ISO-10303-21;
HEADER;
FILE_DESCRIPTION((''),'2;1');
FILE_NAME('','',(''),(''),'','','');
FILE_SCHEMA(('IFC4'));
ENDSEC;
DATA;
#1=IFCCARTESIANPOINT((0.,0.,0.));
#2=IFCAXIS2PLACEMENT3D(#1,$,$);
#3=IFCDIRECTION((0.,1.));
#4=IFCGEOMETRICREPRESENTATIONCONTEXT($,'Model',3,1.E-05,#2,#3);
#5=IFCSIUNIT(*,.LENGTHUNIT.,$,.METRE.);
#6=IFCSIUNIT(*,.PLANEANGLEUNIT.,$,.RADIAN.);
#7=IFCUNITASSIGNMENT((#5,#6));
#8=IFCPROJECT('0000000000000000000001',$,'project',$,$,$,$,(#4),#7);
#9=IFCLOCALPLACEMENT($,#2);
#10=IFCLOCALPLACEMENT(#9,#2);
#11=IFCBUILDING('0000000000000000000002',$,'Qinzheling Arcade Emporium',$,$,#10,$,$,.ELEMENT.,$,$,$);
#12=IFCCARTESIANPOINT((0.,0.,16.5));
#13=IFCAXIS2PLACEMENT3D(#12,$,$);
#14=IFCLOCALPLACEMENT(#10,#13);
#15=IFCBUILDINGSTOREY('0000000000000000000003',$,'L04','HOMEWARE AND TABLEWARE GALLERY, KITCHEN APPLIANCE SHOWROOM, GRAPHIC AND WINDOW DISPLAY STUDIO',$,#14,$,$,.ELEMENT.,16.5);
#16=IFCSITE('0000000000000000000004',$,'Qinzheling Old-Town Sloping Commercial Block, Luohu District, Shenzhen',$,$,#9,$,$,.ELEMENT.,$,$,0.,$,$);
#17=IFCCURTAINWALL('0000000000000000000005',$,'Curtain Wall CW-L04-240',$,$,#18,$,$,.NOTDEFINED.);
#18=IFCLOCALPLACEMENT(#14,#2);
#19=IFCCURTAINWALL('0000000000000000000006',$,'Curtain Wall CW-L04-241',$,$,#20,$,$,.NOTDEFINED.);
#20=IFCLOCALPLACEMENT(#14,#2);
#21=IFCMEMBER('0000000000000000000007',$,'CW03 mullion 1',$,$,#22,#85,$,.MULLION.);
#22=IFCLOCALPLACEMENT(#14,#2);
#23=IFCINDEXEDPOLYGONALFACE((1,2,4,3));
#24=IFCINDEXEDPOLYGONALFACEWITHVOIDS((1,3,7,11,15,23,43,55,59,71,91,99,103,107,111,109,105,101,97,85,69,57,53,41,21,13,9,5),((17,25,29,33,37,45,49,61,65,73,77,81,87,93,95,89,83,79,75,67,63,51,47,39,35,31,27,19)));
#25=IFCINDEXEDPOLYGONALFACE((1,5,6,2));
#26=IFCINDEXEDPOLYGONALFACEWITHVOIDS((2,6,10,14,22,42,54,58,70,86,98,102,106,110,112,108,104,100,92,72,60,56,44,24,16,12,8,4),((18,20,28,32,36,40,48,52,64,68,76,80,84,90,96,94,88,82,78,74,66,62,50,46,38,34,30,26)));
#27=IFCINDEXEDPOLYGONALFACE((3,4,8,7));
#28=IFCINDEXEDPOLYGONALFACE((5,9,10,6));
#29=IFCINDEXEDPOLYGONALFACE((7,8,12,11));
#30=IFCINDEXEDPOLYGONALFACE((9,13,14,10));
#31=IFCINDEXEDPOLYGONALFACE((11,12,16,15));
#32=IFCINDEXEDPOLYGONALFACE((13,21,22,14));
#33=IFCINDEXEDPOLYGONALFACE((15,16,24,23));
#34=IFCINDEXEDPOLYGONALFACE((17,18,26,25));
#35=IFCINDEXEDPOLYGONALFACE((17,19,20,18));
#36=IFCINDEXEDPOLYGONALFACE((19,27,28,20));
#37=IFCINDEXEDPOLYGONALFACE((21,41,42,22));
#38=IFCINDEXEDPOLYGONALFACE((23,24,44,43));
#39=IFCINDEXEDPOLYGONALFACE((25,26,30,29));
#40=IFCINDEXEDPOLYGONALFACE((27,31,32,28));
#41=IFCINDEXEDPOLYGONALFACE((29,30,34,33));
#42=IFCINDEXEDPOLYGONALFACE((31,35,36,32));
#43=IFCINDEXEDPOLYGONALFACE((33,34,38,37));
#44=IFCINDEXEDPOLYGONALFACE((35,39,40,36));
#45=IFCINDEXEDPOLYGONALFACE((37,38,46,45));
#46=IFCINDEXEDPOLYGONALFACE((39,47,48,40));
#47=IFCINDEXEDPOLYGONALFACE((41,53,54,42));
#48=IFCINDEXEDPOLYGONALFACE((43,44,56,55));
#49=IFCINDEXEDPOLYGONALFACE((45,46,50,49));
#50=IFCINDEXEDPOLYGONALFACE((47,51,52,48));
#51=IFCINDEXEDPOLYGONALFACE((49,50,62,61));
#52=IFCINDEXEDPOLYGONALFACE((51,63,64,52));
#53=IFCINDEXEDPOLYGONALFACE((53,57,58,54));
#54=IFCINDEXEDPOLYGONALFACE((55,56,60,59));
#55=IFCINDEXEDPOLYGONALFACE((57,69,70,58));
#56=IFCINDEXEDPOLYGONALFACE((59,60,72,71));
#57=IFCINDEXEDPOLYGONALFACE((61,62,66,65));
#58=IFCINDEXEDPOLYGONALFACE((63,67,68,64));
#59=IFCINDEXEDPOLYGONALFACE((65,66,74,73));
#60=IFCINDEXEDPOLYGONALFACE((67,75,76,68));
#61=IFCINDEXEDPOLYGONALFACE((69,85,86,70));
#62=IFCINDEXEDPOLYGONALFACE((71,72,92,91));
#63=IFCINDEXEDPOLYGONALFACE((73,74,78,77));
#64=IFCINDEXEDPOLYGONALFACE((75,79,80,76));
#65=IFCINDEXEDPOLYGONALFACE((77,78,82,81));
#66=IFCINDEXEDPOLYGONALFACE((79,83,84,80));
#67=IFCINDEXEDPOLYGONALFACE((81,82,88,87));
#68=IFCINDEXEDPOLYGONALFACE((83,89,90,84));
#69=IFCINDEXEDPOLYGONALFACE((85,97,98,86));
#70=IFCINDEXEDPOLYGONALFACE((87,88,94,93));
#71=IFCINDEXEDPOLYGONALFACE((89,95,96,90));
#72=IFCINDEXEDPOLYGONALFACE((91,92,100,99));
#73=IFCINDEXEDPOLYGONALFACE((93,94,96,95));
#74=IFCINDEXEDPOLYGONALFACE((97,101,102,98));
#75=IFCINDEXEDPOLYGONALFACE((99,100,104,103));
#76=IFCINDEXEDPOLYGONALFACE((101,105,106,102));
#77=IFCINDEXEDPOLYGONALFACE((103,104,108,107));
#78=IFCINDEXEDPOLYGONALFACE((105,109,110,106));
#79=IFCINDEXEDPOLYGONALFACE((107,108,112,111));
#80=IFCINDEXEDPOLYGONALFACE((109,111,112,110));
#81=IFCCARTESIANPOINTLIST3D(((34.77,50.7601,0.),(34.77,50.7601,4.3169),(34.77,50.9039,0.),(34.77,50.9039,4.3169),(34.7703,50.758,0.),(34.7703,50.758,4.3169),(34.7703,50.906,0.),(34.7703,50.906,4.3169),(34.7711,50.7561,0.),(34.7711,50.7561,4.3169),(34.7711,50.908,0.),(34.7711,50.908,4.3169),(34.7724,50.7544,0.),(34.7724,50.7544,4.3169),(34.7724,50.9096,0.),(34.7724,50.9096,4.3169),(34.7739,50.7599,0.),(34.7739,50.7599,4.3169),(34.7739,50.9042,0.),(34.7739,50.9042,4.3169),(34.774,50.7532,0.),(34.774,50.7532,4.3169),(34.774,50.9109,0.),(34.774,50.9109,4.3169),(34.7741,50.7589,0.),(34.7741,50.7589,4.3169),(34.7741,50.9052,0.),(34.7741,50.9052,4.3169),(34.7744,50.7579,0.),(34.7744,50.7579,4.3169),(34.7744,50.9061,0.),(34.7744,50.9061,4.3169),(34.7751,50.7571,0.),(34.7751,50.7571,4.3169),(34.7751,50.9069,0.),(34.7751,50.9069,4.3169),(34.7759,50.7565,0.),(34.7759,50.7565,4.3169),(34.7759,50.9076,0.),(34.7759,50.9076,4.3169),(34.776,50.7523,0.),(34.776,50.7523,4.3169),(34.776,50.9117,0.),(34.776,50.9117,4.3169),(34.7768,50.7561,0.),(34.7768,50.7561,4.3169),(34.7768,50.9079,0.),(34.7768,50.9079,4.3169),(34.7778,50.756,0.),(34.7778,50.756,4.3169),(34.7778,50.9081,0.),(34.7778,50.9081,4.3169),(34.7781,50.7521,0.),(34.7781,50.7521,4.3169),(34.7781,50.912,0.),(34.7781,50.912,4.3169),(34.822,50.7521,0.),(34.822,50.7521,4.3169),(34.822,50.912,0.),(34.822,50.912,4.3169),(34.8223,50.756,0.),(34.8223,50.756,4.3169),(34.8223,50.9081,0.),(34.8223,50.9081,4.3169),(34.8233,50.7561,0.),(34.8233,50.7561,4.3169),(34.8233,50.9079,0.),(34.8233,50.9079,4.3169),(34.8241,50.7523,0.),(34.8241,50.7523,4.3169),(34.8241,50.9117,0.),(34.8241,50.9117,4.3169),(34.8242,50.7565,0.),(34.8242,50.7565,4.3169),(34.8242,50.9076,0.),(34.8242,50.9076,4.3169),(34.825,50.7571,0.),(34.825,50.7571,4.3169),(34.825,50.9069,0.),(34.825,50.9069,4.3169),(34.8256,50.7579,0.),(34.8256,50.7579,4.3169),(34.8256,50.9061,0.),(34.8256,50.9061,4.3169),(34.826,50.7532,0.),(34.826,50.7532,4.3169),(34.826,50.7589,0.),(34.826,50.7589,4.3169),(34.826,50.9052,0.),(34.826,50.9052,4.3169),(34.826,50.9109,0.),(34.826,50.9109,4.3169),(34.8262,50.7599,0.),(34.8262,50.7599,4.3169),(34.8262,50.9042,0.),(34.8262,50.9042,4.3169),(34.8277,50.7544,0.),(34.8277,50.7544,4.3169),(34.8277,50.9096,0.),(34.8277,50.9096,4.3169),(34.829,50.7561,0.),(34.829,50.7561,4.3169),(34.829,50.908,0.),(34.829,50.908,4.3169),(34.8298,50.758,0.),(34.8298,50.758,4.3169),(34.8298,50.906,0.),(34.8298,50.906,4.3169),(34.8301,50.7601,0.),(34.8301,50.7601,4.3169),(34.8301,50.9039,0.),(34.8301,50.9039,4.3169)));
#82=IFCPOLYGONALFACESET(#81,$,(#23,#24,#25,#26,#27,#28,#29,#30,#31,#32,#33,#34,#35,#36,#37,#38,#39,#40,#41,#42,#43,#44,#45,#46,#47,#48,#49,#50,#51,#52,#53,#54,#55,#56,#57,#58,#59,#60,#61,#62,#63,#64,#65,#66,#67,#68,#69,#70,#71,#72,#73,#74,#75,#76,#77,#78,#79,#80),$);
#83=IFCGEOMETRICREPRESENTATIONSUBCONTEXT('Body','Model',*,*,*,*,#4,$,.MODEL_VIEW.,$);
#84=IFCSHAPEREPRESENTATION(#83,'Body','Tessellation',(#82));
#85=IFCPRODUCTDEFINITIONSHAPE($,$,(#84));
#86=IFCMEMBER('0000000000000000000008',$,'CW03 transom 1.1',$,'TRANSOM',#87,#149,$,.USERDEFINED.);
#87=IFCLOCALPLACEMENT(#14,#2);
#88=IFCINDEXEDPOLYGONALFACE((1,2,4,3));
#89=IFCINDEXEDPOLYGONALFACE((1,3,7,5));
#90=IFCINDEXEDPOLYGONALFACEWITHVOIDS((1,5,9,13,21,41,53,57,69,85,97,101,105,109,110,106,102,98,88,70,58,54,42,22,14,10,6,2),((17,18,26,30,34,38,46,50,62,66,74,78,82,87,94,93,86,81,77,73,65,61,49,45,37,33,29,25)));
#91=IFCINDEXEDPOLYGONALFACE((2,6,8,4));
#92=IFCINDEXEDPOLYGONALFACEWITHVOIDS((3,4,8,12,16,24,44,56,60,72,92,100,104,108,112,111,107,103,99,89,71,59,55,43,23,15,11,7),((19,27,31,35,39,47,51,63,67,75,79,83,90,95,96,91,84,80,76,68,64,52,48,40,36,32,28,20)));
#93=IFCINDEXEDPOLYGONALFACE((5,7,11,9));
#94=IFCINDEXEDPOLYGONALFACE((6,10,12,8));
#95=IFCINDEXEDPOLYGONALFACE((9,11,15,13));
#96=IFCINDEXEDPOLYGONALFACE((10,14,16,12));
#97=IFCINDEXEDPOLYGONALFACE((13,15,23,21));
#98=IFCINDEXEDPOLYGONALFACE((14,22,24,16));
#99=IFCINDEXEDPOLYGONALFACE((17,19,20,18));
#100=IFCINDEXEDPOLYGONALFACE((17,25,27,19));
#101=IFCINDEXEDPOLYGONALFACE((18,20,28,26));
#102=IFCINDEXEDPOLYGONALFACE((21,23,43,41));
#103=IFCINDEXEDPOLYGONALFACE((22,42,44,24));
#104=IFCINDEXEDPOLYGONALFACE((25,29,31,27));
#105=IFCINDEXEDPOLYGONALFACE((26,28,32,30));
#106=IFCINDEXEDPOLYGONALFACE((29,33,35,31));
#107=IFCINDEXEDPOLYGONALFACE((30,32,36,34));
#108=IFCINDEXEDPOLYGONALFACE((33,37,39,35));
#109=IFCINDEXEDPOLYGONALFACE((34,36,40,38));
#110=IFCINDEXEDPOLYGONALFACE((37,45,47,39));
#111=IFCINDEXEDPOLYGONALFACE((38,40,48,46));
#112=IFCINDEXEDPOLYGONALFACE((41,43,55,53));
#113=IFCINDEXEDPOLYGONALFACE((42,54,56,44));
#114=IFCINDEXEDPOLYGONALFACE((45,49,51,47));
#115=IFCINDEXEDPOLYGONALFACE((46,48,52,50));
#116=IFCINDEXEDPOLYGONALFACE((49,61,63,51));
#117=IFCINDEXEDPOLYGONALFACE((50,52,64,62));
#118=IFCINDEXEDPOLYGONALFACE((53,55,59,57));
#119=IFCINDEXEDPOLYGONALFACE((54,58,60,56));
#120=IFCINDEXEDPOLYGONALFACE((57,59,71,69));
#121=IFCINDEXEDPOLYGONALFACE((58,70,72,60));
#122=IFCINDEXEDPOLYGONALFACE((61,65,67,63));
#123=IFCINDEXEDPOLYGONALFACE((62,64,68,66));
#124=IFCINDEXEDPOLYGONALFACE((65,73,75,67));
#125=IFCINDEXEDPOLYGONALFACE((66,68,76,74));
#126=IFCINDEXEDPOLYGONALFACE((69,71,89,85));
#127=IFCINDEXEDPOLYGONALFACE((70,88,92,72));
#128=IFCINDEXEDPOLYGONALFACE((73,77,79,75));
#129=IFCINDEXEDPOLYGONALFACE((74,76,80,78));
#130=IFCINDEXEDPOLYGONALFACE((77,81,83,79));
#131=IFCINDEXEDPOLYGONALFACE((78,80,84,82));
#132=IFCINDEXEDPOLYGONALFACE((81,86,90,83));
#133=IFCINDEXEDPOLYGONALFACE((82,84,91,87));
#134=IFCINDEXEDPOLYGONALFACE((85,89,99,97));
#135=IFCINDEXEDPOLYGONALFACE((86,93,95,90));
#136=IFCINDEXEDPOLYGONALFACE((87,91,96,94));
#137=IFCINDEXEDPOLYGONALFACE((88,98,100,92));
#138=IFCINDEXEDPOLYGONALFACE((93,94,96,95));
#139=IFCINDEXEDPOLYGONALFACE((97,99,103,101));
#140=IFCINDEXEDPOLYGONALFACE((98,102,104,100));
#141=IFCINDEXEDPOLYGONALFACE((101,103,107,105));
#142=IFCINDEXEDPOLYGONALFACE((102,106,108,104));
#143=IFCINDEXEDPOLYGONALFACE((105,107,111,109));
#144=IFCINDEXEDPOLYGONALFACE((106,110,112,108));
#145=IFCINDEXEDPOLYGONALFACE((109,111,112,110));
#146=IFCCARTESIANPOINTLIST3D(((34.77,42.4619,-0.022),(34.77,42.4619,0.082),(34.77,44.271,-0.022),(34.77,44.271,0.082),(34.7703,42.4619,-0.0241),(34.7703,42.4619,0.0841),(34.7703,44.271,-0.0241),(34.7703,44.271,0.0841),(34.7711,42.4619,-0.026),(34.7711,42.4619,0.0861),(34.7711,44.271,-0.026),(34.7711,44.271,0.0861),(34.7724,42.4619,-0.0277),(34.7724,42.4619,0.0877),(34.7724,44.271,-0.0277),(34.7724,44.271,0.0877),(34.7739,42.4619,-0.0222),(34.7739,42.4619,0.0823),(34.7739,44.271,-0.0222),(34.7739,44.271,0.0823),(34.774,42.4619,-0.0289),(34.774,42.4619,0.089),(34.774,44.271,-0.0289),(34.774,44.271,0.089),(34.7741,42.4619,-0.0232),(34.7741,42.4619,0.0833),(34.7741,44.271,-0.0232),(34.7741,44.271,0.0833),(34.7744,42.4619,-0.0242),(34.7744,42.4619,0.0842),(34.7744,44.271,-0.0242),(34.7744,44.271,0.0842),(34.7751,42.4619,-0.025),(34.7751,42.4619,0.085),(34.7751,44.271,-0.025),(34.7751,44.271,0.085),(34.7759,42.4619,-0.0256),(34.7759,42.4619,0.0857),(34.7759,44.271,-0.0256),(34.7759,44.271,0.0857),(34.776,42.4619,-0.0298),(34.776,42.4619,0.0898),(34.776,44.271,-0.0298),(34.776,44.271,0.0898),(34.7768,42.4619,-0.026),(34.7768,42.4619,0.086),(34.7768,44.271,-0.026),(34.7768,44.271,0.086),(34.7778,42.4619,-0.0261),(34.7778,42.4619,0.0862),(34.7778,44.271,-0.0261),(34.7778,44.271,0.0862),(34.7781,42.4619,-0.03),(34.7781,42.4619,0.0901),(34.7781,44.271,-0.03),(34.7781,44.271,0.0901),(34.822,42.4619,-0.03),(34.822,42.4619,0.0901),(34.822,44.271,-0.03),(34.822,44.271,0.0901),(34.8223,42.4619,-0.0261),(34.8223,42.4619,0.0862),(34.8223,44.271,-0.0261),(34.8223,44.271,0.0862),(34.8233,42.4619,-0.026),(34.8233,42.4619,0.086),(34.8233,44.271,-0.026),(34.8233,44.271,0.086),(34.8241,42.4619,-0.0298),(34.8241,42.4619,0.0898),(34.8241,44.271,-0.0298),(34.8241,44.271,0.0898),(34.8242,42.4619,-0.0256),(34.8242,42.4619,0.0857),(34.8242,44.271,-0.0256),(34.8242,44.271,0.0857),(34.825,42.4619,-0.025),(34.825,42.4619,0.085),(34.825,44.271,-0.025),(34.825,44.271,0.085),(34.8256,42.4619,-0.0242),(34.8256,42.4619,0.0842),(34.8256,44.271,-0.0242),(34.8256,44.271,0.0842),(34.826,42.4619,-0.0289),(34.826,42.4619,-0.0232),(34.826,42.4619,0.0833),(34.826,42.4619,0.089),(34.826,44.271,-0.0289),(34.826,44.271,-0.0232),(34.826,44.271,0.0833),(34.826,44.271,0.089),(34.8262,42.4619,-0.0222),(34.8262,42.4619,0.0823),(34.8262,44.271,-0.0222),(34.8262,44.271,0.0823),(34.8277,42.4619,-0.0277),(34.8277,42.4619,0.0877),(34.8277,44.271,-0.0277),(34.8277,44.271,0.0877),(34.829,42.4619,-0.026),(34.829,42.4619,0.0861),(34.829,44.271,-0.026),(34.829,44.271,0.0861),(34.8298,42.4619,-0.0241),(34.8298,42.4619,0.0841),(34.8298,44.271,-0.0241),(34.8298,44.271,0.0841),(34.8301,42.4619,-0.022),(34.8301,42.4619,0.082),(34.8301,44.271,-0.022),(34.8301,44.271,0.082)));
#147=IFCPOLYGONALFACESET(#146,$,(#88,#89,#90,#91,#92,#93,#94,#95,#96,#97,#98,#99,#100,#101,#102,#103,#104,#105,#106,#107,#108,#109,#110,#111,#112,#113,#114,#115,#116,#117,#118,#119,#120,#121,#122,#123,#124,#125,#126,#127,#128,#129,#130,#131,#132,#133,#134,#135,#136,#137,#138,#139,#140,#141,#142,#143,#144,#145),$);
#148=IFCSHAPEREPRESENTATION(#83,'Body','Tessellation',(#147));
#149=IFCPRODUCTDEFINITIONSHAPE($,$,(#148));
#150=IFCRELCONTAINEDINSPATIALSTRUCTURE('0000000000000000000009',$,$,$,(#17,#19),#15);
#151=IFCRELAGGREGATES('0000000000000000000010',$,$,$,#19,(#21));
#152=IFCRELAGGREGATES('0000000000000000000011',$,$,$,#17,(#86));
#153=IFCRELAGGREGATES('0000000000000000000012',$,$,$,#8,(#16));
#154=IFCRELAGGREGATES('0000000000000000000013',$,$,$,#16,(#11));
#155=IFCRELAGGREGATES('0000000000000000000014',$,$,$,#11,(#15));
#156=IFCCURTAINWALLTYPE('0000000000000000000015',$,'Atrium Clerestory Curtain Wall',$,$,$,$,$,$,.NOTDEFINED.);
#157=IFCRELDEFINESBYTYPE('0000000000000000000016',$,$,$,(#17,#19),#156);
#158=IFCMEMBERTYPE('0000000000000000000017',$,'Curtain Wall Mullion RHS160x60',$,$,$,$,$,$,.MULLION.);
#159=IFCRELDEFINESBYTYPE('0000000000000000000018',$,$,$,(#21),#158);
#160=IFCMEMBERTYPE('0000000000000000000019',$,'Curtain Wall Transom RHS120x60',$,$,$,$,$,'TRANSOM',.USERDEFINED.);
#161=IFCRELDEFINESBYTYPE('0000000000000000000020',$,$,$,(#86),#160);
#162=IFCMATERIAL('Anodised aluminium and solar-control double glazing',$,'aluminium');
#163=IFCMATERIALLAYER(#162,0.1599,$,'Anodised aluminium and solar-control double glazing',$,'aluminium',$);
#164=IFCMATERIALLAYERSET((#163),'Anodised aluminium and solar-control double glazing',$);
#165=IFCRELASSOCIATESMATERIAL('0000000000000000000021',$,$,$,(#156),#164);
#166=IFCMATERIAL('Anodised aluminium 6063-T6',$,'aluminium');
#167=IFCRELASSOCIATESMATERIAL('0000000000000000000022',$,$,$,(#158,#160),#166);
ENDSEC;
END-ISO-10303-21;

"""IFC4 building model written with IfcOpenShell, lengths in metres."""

from ifc_helpers import new_model, si_unit, direction, frame, origin, origin_2d, place, context, subcontext, project, spatial, hollow_rectangle, extrude, material, layer, layer_set, material_profile, profile_set, type_object, element, aggregate, save


model = new_model("IFC4")

# Units and contexts
model_context = context("Model", 3, precision=1e-05, world=origin(), true_north=direction((0.0, 1.0)))
body_context = subcontext(model_context, "Body", "Model", "MODEL_VIEW")
ifc_project = project(units=[si_unit("LENGTHUNIT", "METRE"), si_unit("PLANEANGLEUNIT", "RADIAN")], contexts=[model_context])

# Site, building, storey
site_placement = place(None, origin())
site = spatial("IfcSite", under=ifc_project, at=site_placement, Name="Qinzheling Old-Town Sloping Commercial Block, Luohu District, Shenzhen", CompositionType="ELEMENT", RefElevation=0.0)
building_placement = place(site_placement, origin())
building = spatial("IfcBuilding", under=site, at=building_placement, Name="Qinzheling Arcade Emporium", CompositionType="ELEMENT")
storey_placement = place(building_placement, frame((0.0, 0.0, 16.5)))
storey = spatial("IfcBuildingStorey", under=building, at=storey_placement, Name="L04", Description="HOMEWARE AND TABLEWARE GALLERY, KITCHEN APPLIANCE SHOWROOM, GRAPHIC AND WINDOW DISPLAY STUDIO", CompositionType="ELEMENT", Elevation=16.5)

# Curtain wall
ifc_material_1 = material(Name="Anodised aluminium and solar-control double glazing", Category="aluminium")
ifc_layer_1 = layer(ifc_material_1, 0.1599, Name="Anodised aluminium and solar-control double glazing", Category="aluminium")
ifc_layer_set_1 = layer_set([ifc_layer_1], Name="Anodised aluminium and solar-control double glazing")
curtain_wall_type = type_object("IfcCurtainWallType", Name="Atrium Clerestory Curtain Wall", PredefinedType="NOTDEFINED", material=ifc_layer_set_1)
curtain_wall_1_placement = place(storey_placement, origin())
curtain_wall_1 = element("IfcCurtainWall", 1, at=curtain_wall_1_placement, inside=storey, type_object=curtain_wall_type, Name="Curtain Wall CW-L04-240", PredefinedType="NOTDEFINED")
ifc_material_2 = material(Name="Anodised aluminium 6063-T6", Category="aluminium")
ifc_material_profile_1 = material_profile(ifc_material_2, hollow_rectangle(XDim=0.0601, YDim=0.1599, WallThickness=0.0039, InnerFilletRadius=0.0039, OuterFilletRadius=0.0081, at=origin_2d()), Name="RHS 160x60x4", Category="aluminium")
ifc_profile_set_1 = profile_set([ifc_material_profile_1], Name="Anodised aluminium 6063-T6")
member_type_1 = type_object("IfcMemberType", Name="Curtain Wall Mullion RHS160x60", PredefinedType="MULLION", material=ifc_profile_set_1)

# Curtain wall, member
curtain_wall_2_placement = place(storey_placement, origin())
curtain_wall_2 = element("IfcCurtainWall", 2, at=curtain_wall_2_placement, inside=storey, type_object=curtain_wall_type, Name="Curtain Wall CW-L04-241", PredefinedType="NOTDEFINED")
member_1_placement = place(storey_placement, frame((34.8, 50.832, 0.0), z_axis=(0.0, 0.0, 1.0), x_axis=(-1.0, 0.0, 0.0)))
member_1 = element("IfcMember", 3, at=member_1_placement, type_object=member_type_1, Name="CW03 mullion 1", PredefinedType="MULLION", context=body_context, shape_type="SweptSolid", body=[
    extrude(hollow_rectangle(XDim=0.0601, YDim=0.1599, WallThickness=0.0039, InnerFilletRadius=0.0039, OuterFilletRadius=0.0081, at=origin_2d()), origin(), (0.0, 0.0, 1.0), 4.3169),
])

# Member
ifc_material_profile_2 = material_profile(ifc_material_2, hollow_rectangle(XDim=0.0601, YDim=0.1201, WallThickness=0.0039, InnerFilletRadius=0.0039, OuterFilletRadius=0.0081, at=origin_2d()), Name="RHS 120x60x4", Category="aluminium")
ifc_profile_set_2 = profile_set([ifc_material_profile_2], Name="Anodised aluminium 6063-T6")
member_type_2 = type_object("IfcMemberType", Name="Curtain Wall Transom RHS120x60", ElementType="TRANSOM", PredefinedType="USERDEFINED", material=ifc_profile_set_2)
member_2_placement = place(storey_placement, frame((34.8, 42.4619, 0.03), z_axis=(0.0, 1.0, 0.0), x_axis=(-1.0, 0.0, 0.0)))
member_2 = element("IfcMember", 4, at=member_2_placement, type_object=member_type_2, Name="CW03 transom 1.1", ObjectType="TRANSOM", PredefinedType="USERDEFINED", context=body_context, shape_type="SweptSolid", body=[
    extrude(hollow_rectangle(XDim=0.0601, YDim=0.1201, WallThickness=0.0039, InnerFilletRadius=0.0039, OuterFilletRadius=0.0081, at=origin_2d()), origin(), (0.0, 0.0, 1.0), 1.8091),
])
aggregate(curtain_wall_2, [member_1])

aggregate(curtain_wall_1, [member_2])

save(model, "model.ifc")
